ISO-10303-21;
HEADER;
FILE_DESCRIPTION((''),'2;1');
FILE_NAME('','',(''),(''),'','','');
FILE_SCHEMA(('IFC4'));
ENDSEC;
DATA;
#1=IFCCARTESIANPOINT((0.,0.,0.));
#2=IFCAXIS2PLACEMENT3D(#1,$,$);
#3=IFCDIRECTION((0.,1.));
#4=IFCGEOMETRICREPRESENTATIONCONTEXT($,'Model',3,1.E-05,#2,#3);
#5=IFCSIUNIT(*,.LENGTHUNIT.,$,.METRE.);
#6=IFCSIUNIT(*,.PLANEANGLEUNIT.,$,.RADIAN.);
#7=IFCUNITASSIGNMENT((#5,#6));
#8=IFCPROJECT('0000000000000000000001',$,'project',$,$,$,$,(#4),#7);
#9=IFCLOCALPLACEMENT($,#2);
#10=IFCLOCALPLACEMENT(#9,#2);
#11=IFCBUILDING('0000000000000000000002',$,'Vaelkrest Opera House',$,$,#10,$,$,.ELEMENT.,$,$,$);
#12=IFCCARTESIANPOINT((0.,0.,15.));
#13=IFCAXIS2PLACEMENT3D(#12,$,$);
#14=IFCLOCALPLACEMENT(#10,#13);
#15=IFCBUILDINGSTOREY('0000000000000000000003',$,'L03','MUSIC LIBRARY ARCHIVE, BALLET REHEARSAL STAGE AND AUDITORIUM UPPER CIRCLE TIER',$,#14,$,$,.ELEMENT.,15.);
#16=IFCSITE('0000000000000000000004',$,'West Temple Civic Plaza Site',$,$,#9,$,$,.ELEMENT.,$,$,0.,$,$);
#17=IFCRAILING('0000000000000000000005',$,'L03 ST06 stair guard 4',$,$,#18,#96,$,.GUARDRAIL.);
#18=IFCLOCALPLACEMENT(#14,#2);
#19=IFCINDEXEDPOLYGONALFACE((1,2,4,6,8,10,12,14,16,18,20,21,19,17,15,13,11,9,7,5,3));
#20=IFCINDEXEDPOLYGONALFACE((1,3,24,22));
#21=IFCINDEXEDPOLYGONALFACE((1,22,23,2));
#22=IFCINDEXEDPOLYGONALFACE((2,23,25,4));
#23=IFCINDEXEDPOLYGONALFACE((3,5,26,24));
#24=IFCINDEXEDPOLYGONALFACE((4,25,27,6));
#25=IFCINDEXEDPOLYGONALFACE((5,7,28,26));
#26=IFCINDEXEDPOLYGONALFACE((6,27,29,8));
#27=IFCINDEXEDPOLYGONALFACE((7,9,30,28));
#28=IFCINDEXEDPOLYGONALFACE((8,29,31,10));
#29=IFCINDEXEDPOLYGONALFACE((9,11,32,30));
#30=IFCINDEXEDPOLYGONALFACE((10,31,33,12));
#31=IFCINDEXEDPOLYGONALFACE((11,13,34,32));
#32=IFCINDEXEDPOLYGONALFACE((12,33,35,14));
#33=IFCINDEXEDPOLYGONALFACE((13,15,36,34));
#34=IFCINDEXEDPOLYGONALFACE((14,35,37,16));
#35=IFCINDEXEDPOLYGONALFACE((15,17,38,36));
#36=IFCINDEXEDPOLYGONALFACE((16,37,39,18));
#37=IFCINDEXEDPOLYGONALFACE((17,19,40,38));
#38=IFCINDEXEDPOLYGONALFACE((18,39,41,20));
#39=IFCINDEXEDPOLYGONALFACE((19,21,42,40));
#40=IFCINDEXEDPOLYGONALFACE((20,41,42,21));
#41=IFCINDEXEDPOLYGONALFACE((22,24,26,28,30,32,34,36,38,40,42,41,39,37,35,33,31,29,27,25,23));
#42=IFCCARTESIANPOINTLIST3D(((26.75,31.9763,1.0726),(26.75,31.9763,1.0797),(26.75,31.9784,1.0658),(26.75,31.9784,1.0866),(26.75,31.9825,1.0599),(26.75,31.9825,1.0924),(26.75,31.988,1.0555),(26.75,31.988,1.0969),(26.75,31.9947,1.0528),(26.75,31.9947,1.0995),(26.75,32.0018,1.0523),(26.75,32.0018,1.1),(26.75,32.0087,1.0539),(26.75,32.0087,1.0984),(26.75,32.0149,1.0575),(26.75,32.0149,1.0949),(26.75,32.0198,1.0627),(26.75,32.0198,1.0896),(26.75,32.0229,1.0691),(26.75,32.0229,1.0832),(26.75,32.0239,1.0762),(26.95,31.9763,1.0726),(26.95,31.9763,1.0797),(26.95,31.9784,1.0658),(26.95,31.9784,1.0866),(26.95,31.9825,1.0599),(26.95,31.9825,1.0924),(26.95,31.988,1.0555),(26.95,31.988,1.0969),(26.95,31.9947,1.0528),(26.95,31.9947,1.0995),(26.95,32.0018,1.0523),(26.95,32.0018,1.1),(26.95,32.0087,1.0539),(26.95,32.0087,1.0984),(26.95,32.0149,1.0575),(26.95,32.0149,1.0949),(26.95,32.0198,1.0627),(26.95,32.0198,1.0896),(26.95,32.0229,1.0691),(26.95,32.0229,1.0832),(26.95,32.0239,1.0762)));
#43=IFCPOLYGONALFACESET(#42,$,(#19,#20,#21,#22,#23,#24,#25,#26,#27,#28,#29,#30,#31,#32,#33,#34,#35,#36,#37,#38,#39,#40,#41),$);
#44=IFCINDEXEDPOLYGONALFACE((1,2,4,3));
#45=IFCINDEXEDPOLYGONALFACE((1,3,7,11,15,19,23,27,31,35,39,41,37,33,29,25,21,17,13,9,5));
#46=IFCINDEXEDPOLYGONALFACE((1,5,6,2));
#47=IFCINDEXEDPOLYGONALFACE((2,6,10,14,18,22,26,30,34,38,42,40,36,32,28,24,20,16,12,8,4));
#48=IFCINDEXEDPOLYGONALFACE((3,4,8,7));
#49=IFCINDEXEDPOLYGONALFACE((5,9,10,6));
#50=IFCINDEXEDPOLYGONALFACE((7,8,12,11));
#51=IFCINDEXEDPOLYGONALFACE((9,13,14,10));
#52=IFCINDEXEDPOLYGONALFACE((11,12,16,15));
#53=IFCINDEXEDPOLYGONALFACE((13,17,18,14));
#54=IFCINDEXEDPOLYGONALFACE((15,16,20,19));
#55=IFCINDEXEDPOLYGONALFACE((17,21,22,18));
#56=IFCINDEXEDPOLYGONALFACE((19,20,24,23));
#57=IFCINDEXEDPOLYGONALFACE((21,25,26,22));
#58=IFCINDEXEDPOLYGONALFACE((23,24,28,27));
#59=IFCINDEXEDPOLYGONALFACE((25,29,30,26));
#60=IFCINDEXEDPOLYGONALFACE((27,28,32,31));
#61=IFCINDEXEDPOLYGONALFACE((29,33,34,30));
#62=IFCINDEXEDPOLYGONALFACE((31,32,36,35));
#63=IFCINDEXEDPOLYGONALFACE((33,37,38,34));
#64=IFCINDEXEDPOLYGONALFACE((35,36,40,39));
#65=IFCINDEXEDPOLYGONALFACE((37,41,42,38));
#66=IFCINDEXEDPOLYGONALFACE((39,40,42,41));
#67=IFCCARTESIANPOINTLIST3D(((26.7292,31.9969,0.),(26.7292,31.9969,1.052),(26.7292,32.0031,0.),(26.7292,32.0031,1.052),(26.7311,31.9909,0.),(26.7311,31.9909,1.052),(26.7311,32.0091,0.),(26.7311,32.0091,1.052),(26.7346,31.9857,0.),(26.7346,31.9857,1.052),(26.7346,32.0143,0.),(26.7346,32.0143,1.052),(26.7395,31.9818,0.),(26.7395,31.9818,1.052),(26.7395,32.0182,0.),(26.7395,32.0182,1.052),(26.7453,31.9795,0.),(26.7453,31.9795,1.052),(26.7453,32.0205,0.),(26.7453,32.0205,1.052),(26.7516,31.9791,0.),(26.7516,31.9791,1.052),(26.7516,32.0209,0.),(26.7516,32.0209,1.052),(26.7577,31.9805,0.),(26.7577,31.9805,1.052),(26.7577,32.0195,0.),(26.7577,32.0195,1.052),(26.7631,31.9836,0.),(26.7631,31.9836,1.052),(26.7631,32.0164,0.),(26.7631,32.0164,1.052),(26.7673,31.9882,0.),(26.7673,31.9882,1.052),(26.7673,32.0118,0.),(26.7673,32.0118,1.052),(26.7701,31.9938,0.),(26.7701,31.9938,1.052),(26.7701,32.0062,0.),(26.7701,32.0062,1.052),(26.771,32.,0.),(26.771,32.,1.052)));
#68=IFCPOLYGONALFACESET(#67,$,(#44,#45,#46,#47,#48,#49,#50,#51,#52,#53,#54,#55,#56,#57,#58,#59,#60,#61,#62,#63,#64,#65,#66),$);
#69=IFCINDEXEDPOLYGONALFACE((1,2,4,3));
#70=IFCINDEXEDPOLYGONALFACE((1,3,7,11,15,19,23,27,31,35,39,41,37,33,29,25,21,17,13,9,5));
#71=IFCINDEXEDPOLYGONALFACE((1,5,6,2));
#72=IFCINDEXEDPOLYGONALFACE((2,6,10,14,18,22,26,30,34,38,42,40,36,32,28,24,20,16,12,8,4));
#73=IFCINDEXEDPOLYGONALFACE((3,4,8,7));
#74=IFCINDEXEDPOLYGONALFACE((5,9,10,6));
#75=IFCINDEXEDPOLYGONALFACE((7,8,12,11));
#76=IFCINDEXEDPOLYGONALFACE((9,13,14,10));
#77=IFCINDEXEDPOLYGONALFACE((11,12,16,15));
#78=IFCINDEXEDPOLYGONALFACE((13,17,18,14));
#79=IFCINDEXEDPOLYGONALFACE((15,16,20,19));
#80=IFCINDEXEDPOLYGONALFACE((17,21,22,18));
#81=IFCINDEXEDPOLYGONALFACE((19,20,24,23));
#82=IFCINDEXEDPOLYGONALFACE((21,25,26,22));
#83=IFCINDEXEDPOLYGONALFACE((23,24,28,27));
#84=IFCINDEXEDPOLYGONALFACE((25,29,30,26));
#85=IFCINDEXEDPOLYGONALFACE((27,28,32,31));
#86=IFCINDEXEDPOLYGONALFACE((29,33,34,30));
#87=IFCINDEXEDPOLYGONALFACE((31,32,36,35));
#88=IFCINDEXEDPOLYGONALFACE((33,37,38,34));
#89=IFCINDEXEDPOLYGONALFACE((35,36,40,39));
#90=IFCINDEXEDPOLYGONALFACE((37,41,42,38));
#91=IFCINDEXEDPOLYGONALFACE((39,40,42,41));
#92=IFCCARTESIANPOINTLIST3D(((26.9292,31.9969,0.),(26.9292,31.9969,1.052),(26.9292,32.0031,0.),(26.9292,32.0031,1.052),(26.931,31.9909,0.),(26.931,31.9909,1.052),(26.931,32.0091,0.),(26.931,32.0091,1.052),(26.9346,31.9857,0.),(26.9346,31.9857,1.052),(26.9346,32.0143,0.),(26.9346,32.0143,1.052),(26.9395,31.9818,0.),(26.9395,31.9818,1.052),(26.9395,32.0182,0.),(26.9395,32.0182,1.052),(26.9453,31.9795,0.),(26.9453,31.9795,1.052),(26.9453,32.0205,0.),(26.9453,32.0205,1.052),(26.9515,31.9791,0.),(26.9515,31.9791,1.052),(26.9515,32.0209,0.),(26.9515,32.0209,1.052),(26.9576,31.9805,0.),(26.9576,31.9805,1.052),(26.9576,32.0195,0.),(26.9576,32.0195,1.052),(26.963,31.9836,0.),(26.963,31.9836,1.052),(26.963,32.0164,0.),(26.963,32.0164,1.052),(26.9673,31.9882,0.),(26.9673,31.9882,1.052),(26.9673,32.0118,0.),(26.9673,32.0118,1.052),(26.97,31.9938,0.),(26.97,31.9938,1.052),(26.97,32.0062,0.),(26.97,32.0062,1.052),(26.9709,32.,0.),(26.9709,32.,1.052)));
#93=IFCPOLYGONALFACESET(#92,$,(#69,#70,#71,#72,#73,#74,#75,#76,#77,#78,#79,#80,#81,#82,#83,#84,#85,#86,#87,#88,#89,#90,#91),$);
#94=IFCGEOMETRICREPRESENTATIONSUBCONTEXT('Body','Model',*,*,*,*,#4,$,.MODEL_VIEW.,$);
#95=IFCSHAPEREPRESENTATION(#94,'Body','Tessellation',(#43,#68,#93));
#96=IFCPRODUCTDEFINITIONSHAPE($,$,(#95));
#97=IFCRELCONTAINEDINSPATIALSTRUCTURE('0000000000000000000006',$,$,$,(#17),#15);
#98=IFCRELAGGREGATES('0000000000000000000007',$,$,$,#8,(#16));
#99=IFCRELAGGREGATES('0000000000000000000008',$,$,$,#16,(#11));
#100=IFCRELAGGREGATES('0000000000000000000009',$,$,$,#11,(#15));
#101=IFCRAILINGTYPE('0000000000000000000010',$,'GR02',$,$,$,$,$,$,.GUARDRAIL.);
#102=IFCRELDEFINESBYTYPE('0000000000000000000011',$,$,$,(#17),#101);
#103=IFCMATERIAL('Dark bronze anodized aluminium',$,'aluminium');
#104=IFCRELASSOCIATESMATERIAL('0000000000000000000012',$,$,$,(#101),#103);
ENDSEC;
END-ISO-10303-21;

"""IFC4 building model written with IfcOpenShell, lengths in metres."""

from ifc_helpers import new_model, si_unit, direction, frame, origin, origin_2d, place, context, subcontext, project, spatial, circle, extrude, material, type_object, element, save


model = new_model("IFC4")

# Units and contexts
model_context = context("Model", 3, precision=1e-05, world=origin(), true_north=direction((0.0, 1.0)))
body_context = subcontext(model_context, "Body", "Model", "MODEL_VIEW")
ifc_project = project(units=[si_unit("LENGTHUNIT", "METRE"), si_unit("PLANEANGLEUNIT", "RADIAN")], contexts=[model_context])

# Site, building, storey
site_placement = place(None, origin())
site = spatial("IfcSite", under=ifc_project, at=site_placement, Name="West Temple Civic Plaza Site", CompositionType="ELEMENT", RefElevation=0.0)
building_placement = place(site_placement, origin())
building = spatial("IfcBuilding", under=site, at=building_placement, Name="Vaelkrest Opera House", CompositionType="ELEMENT")
storey_placement = place(building_placement, frame((0.0, 0.0, 15.0)))
storey = spatial("IfcBuildingStorey", under=building, at=storey_placement, Name="L03", Description="MUSIC LIBRARY ARCHIVE, BALLET REHEARSAL STAGE AND AUDITORIUM UPPER CIRCLE TIER", CompositionType="ELEMENT", Elevation=15.0)

# Railing
ifc_material_1 = material(Name="Dark bronze anodized aluminium", Category="aluminium")
railing_type_1 = type_object("IfcRailingType", Name="GR02", PredefinedType="GUARDRAIL", material=ifc_material_1)
railing_1_placement = place(storey_placement, frame((26.75, 32.0, 0.0)))
element("IfcRailing", 1, at=railing_1_placement, inside=storey, type_object=railing_type_1, Name="L03 ST06 stair guard 4", PredefinedType="GUARDRAIL", context=body_context, shape_type="SweptSolid", body=[
    extrude(circle(Radius=0.0239, at=origin_2d()), frame((0.0, 0.0, 1.0762), z_axis=(1.0, 0.0, 0.0), x_axis=(0.0, 1.0, 0.0)), (0.0, 0.0, 1.0), 0.2),
    extrude(circle(Radius=0.021, at=origin_2d()), origin(), (0.0, 0.0, 1.0), 1.052),
    extrude(circle(Radius=0.021, at=origin_2d()), frame((0.2, 0.0, 0.0)), (0.0, 0.0, 1.0), 1.052),
])

save(model, "model.ifc")
